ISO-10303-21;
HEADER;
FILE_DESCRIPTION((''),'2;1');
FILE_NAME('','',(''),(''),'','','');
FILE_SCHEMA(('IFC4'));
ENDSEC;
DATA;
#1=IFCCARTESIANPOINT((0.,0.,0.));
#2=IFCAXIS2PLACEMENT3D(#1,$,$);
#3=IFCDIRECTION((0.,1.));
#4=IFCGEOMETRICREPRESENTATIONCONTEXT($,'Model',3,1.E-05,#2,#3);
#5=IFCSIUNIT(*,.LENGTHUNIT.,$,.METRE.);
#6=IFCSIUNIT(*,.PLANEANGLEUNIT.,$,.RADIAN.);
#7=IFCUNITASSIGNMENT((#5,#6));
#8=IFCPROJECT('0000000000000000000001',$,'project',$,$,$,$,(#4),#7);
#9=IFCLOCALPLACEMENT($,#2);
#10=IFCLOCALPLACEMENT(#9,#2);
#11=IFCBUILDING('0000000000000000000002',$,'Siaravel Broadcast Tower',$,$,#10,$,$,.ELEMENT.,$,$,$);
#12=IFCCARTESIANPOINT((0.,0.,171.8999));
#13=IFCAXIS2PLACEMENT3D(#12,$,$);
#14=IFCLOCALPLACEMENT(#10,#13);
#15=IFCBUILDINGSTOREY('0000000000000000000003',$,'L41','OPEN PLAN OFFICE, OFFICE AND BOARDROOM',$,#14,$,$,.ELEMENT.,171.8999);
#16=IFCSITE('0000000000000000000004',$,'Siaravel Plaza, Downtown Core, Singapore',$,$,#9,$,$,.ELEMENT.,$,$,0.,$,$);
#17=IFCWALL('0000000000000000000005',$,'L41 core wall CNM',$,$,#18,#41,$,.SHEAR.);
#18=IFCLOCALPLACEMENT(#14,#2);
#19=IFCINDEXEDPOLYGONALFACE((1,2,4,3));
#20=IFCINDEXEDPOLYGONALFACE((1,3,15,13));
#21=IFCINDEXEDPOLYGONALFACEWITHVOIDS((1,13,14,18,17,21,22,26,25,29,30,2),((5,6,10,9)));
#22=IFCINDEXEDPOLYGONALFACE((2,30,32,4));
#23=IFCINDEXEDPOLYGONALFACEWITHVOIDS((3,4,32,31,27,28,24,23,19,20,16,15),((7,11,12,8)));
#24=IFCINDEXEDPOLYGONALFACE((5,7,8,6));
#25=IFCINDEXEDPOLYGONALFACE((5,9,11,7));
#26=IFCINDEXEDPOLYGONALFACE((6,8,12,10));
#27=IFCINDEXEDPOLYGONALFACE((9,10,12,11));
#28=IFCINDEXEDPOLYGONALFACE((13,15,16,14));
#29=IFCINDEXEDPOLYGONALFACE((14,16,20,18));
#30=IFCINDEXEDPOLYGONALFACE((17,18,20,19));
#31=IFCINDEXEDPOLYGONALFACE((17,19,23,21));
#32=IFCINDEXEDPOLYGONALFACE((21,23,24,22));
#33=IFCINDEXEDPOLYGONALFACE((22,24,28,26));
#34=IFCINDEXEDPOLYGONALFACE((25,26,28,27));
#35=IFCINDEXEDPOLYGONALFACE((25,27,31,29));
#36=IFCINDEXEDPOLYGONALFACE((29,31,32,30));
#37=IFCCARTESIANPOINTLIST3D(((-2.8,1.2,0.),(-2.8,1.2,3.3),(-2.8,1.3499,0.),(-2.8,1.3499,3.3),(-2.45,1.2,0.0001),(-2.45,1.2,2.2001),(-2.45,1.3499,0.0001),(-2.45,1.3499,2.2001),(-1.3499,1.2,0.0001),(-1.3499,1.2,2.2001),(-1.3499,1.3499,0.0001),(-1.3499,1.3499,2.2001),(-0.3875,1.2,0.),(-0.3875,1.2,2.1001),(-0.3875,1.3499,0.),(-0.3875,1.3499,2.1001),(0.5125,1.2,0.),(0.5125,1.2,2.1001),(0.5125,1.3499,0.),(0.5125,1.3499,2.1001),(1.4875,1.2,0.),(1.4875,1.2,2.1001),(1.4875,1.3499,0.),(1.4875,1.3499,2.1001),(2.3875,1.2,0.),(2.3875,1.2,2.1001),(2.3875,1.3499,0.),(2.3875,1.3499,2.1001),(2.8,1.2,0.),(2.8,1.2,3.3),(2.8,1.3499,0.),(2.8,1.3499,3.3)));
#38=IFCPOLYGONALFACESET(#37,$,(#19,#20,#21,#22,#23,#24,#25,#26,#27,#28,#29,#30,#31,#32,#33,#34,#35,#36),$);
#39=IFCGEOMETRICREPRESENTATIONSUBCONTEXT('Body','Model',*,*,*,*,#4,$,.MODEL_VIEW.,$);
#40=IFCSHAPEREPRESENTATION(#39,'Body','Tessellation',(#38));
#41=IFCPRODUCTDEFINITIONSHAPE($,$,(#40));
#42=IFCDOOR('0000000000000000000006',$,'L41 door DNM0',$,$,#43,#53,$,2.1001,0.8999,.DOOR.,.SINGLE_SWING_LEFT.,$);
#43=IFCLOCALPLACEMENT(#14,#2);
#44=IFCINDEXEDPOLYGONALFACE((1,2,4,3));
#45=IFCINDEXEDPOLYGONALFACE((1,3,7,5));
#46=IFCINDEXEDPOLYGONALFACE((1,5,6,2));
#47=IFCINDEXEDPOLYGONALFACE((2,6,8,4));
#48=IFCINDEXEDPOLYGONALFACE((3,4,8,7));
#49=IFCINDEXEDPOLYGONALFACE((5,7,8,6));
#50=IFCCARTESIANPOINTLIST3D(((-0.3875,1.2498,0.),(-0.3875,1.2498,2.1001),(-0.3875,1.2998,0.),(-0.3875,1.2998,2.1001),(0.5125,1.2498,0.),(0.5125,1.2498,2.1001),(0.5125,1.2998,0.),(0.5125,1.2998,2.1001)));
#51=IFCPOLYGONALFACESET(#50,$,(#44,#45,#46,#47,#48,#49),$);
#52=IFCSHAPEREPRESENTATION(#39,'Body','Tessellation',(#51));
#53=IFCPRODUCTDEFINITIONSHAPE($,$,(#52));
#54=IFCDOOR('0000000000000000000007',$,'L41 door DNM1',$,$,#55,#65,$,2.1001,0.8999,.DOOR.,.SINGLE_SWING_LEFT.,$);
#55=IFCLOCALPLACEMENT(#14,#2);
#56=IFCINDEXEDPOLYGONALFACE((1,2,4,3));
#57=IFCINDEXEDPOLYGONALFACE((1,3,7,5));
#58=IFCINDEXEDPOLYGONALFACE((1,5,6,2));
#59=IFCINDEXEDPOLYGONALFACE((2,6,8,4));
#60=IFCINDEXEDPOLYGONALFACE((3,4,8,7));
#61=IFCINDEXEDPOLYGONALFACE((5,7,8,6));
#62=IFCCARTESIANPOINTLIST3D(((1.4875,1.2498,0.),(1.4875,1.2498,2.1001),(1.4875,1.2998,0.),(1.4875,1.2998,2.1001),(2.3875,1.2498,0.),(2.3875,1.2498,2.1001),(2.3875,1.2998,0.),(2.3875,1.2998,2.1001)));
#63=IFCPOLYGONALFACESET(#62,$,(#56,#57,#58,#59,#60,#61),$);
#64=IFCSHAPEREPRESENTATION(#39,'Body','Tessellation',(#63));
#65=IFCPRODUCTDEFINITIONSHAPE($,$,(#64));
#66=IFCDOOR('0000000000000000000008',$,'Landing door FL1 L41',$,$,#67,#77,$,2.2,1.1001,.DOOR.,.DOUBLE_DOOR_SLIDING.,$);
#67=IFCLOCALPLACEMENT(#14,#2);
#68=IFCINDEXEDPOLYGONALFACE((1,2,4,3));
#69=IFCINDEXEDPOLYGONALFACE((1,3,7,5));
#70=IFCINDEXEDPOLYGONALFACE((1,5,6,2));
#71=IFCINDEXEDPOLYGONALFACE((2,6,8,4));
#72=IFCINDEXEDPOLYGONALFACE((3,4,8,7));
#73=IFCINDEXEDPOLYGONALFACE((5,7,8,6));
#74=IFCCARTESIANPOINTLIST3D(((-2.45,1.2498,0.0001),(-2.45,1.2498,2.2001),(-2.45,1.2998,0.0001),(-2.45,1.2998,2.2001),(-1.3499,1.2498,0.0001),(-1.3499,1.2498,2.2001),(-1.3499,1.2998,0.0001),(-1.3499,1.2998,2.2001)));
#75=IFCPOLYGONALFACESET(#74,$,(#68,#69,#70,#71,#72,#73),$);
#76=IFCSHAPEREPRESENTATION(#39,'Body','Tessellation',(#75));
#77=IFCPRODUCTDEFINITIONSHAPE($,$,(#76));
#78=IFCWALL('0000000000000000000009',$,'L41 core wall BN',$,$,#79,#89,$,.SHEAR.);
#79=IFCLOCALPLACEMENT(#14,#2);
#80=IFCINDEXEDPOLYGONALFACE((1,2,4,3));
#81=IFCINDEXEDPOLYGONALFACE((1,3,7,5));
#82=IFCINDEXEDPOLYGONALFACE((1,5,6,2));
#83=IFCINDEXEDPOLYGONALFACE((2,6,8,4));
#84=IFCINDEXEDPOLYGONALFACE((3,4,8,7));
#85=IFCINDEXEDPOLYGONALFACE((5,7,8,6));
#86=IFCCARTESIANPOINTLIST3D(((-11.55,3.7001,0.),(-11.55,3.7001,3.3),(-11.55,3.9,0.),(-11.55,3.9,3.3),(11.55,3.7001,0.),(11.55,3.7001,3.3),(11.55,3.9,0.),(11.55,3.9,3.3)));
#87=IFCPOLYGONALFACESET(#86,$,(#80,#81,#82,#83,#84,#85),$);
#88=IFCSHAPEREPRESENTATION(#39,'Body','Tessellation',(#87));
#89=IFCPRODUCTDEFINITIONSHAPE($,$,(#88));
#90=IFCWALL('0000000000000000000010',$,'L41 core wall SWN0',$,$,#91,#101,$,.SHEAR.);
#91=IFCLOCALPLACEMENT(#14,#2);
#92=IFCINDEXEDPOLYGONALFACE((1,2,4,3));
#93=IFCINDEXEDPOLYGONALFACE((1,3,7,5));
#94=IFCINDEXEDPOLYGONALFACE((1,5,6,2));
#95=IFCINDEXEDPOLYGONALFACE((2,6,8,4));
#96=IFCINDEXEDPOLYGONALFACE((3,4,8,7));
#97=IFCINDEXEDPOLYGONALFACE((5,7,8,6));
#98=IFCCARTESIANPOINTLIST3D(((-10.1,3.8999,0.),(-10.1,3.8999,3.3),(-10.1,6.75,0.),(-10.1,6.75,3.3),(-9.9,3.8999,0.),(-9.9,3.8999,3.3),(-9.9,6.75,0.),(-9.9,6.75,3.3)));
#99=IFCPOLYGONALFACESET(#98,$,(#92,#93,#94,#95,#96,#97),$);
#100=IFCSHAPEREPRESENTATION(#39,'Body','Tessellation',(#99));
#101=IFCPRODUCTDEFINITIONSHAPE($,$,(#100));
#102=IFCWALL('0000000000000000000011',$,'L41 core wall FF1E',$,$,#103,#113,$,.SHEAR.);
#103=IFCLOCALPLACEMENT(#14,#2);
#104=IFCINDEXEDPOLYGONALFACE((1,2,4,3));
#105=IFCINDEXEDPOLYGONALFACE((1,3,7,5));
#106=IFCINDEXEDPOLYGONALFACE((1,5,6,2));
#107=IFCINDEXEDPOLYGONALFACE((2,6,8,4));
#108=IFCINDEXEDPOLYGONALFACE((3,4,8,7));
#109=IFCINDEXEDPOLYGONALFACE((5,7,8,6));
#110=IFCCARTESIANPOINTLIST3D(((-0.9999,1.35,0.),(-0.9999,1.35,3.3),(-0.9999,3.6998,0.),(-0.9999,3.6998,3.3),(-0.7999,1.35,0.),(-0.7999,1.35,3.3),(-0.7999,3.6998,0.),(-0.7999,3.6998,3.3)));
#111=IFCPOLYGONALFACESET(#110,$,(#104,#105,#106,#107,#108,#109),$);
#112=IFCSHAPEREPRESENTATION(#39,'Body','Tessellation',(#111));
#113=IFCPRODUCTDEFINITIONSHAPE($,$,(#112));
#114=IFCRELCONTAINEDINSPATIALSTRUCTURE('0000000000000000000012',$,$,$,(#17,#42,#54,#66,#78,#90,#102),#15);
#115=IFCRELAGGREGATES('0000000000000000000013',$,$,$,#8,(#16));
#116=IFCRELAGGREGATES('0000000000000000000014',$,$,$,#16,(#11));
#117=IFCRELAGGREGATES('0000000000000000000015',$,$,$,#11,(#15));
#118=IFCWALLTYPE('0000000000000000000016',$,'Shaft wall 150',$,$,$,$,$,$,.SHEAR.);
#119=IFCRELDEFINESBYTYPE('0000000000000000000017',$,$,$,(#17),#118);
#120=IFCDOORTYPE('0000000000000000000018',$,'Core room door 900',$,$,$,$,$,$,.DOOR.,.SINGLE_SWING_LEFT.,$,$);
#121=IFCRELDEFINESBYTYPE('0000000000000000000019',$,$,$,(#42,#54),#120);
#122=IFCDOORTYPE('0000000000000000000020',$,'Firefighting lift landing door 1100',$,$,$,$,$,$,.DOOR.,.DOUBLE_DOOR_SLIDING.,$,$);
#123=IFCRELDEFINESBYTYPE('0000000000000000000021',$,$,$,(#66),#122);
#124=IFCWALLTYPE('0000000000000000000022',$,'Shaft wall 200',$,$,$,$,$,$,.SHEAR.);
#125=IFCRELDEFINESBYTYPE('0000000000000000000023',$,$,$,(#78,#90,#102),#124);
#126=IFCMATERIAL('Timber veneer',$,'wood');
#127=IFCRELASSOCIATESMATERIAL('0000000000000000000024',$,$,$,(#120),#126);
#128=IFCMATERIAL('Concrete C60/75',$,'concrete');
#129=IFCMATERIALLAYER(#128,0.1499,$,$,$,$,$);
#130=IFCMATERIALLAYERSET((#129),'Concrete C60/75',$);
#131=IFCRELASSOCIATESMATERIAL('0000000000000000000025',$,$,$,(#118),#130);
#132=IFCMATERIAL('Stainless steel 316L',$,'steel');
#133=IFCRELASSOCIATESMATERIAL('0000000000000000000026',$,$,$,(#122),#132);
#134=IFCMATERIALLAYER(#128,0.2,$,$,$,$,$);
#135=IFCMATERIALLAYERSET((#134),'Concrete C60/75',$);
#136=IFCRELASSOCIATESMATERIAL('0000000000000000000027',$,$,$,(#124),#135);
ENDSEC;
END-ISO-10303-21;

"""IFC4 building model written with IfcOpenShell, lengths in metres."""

from ifc_helpers import new_model, si_unit, direction, frame, frame_2d, origin, place, context, subcontext, project, spatial, rectangle, extrude, material, layer, layer_set, type_object, element, fill, save


model = new_model("IFC4")

# Units and contexts
model_context = context("Model", 3, precision=1e-05, world=origin(), true_north=direction((0.0, 1.0)))
body_context = subcontext(model_context, "Body", "Model", "MODEL_VIEW")
ifc_project = project(units=[si_unit("LENGTHUNIT", "METRE"), si_unit("PLANEANGLEUNIT", "RADIAN")], contexts=[model_context])

# Site, building, storey
site_placement = place(None, origin())
site = spatial("IfcSite", under=ifc_project, at=site_placement, Name="Siaravel Plaza, Downtown Core, Singapore", CompositionType="ELEMENT", RefElevation=0.0)
building_placement = place(site_placement, origin())
building = spatial("IfcBuilding", under=site, at=building_placement, Name="Siaravel Broadcast Tower", CompositionType="ELEMENT")
storey_placement = place(building_placement, frame((0.0, 0.0, 171.8999)))
storey = spatial("IfcBuildingStorey", under=building, at=storey_placement, Name="L41", Description="OPEN PLAN OFFICE, OFFICE AND BOARDROOM", CompositionType="ELEMENT", Elevation=171.8999)

# Wall, openings, doors
ifc_material_1 = material(Name="Timber veneer", Category="wood")
door_type_1 = type_object("IfcDoorType", Name="Core room door 900", OperationType="SINGLE_SWING_LEFT", PredefinedType="DOOR", material=ifc_material_1)
ifc_material_2 = material(Name="Concrete C60/75", Category="concrete")
ifc_layer_1 = layer(ifc_material_2, 0.1499)
ifc_layer_set_1 = layer_set([ifc_layer_1], Name="Concrete C60/75")
wall_type_1 = type_object("IfcWallType", Name="Shaft wall 150", PredefinedType="SHEAR", material=ifc_layer_set_1)
wall_1_placement = place(storey_placement, frame((-2.8, 1.2749, 0.0), z_axis=(0.0, 0.0, 1.0), x_axis=(1.0, 0.0, 0.0)))
wall_1 = element("IfcWall", 1, at=wall_1_placement, inside=storey, type_object=wall_type_1, Name="L41 core wall CNM", PredefinedType="SHEAR", context=body_context, shape_type="SweptSolid", body=[
    extrude(rectangle(XDim=5.6001, YDim=0.1499, at=frame_2d((2.8, 0.0))), origin(), (0.0, 0.0, 1.0), 3.3),
])
opening_1_placement = place(wall_1_placement, frame((0.3501, 0.0, 0.0)))
opening_1 = element("IfcOpeningElement", 2, at=opening_1_placement, cuts=wall_1, PredefinedType="OPENING", context=body_context, shape_type="SweptSolid", body=[
    extrude(rectangle(XDim=1.1001, YDim=2.2, at=frame_2d((0.55, 1.1001))), frame((0.0, 0.085, 0.0), z_axis=(0.0, -1.0, 0.0), x_axis=(1.0, 0.0, 0.0)), (0.0, 0.0, 1.0), 0.1699),
])
opening_2_placement = place(wall_1_placement, frame((2.4126, 0.0, 0.0)))
opening_2 = element("IfcOpeningElement", 3, at=opening_2_placement, cuts=wall_1, PredefinedType="OPENING", context=body_context, shape_type="SweptSolid", body=[
    extrude(rectangle(XDim=0.8999, YDim=2.1001, at=frame_2d((0.45, 1.05))), frame((0.0, 0.085, 0.0), z_axis=(0.0, -1.0, 0.0), x_axis=(1.0, 0.0, 0.0)), (0.0, 0.0, 1.0), 0.1699),
])
opening_3_placement = place(wall_1_placement, frame((4.2876, 0.0, 0.0)))
opening_3 = element("IfcOpeningElement", 4, at=opening_3_placement, cuts=wall_1, PredefinedType="OPENING", context=body_context, shape_type="SweptSolid", body=[
    extrude(rectangle(XDim=0.8999, YDim=2.1001, at=frame_2d((0.45, 1.05))), frame((0.0, 0.085, 0.0), z_axis=(0.0, -1.0, 0.0), x_axis=(1.0, 0.0, 0.0)), (0.0, 0.0, 1.0), 0.1699),
])
door_1_placement = place(opening_2_placement, origin())
door_1 = element("IfcDoor", 5, at=door_1_placement, inside=storey, type_object=door_type_1, Name="L41 door DNM0", OperationType="SINGLE_SWING_LEFT", OverallHeight=2.1001, OverallWidth=0.8999, PredefinedType="DOOR", context=body_context, shape_type="SweptSolid", body=[
    extrude(rectangle(XDim=0.8999, YDim=2.1001, at=frame_2d((0.45, 1.05))), frame((0.0, 0.0249, 0.0), z_axis=(0.0, -1.0, 0.0), x_axis=(1.0, 0.0, 0.0)), (0.0, 0.0, 1.0), 0.05),
])
fill(opening_2, door_1)
door_2_placement = place(opening_3_placement, origin())
door_2 = element("IfcDoor", 6, at=door_2_placement, inside=storey, type_object=door_type_1, Name="L41 door DNM1", OperationType="SINGLE_SWING_LEFT", OverallHeight=2.1001, OverallWidth=0.8999, PredefinedType="DOOR", context=body_context, shape_type="SweptSolid", body=[
    extrude(rectangle(XDim=0.8999, YDim=2.1001, at=frame_2d((0.45, 1.05))), frame((0.0, 0.0249, 0.0), z_axis=(0.0, -1.0, 0.0), x_axis=(1.0, 0.0, 0.0)), (0.0, 0.0, 1.0), 0.05),
])
fill(opening_3, door_2)
ifc_material_3 = material(Name="Stainless steel 316L", Category="steel")
door_type_2 = type_object("IfcDoorType", Name="Firefighting lift landing door 1100", OperationType="DOUBLE_DOOR_SLIDING", PredefinedType="DOOR", material=ifc_material_3)
door_3_placement = place(opening_1_placement, origin())
door_3 = element("IfcDoor", 7, at=door_3_placement, inside=storey, type_object=door_type_2, Name="Landing door FL1 L41", OperationType="DOUBLE_DOOR_SLIDING", OverallHeight=2.2, OverallWidth=1.1001, PredefinedType="DOOR", context=body_context, shape_type="SweptSolid", body=[
    extrude(rectangle(XDim=1.1001, YDim=2.2, at=frame_2d((0.55, 1.1001))), frame((0.0, 0.0249, 0.0), z_axis=(0.0, -1.0, 0.0), x_axis=(1.0, 0.0, 0.0)), (0.0, 0.0, 1.0), 0.05),
])
fill(opening_1, door_3)

# Walls
ifc_layer_2 = layer(ifc_material_2, 0.2)
ifc_layer_set_2 = layer_set([ifc_layer_2], Name="Concrete C60/75")
wall_type_2 = type_object("IfcWallType", Name="Shaft wall 200", PredefinedType="SHEAR", material=ifc_layer_set_2)
wall_2_placement = place(storey_placement, frame((-11.55, 3.8, 0.0), z_axis=(0.0, 0.0, 1.0), x_axis=(1.0, 0.0, 0.0)))
element("IfcWall", 8, at=wall_2_placement, inside=storey, type_object=wall_type_2, Name="L41 core wall BN", PredefinedType="SHEAR", context=body_context, shape_type="SweptSolid", body=[
    extrude(rectangle(XDim=23.1001, YDim=0.2, at=frame_2d((11.55, 0.0))), origin(), (0.0, 0.0, 1.0), 3.3),
])
wall_3_placement = place(storey_placement, frame((-10.0, 3.8999, 0.0), z_axis=(0.0, 0.0, 1.0), x_axis=(0.0, 1.0, 0.0)))
element("IfcWall", 9, at=wall_3_placement, inside=storey, type_object=wall_type_2, Name="L41 core wall SWN0", PredefinedType="SHEAR", context=body_context, shape_type="SweptSolid", body=[
    extrude(rectangle(XDim=2.8501, YDim=0.2, at=frame_2d((1.425, 0.0))), origin(), (0.0, 0.0, 1.0), 3.3),
])
wall_4_placement = place(storey_placement, frame((-0.8999, 1.3501, 0.0), z_axis=(0.0, 0.0, 1.0), x_axis=(0.0, 1.0, 0.0)))
element("IfcWall", 10, at=wall_4_placement, inside=storey, type_object=wall_type_2, Name="L41 core wall FF1E", PredefinedType="SHEAR", context=body_context, shape_type="SweptSolid", body=[
    extrude(rectangle(XDim=2.3499, YDim=0.2, at=frame_2d((1.1748, 0.0))), origin(), (0.0, 0.0, 1.0), 3.3),
])

save(model, "model.ifc")
